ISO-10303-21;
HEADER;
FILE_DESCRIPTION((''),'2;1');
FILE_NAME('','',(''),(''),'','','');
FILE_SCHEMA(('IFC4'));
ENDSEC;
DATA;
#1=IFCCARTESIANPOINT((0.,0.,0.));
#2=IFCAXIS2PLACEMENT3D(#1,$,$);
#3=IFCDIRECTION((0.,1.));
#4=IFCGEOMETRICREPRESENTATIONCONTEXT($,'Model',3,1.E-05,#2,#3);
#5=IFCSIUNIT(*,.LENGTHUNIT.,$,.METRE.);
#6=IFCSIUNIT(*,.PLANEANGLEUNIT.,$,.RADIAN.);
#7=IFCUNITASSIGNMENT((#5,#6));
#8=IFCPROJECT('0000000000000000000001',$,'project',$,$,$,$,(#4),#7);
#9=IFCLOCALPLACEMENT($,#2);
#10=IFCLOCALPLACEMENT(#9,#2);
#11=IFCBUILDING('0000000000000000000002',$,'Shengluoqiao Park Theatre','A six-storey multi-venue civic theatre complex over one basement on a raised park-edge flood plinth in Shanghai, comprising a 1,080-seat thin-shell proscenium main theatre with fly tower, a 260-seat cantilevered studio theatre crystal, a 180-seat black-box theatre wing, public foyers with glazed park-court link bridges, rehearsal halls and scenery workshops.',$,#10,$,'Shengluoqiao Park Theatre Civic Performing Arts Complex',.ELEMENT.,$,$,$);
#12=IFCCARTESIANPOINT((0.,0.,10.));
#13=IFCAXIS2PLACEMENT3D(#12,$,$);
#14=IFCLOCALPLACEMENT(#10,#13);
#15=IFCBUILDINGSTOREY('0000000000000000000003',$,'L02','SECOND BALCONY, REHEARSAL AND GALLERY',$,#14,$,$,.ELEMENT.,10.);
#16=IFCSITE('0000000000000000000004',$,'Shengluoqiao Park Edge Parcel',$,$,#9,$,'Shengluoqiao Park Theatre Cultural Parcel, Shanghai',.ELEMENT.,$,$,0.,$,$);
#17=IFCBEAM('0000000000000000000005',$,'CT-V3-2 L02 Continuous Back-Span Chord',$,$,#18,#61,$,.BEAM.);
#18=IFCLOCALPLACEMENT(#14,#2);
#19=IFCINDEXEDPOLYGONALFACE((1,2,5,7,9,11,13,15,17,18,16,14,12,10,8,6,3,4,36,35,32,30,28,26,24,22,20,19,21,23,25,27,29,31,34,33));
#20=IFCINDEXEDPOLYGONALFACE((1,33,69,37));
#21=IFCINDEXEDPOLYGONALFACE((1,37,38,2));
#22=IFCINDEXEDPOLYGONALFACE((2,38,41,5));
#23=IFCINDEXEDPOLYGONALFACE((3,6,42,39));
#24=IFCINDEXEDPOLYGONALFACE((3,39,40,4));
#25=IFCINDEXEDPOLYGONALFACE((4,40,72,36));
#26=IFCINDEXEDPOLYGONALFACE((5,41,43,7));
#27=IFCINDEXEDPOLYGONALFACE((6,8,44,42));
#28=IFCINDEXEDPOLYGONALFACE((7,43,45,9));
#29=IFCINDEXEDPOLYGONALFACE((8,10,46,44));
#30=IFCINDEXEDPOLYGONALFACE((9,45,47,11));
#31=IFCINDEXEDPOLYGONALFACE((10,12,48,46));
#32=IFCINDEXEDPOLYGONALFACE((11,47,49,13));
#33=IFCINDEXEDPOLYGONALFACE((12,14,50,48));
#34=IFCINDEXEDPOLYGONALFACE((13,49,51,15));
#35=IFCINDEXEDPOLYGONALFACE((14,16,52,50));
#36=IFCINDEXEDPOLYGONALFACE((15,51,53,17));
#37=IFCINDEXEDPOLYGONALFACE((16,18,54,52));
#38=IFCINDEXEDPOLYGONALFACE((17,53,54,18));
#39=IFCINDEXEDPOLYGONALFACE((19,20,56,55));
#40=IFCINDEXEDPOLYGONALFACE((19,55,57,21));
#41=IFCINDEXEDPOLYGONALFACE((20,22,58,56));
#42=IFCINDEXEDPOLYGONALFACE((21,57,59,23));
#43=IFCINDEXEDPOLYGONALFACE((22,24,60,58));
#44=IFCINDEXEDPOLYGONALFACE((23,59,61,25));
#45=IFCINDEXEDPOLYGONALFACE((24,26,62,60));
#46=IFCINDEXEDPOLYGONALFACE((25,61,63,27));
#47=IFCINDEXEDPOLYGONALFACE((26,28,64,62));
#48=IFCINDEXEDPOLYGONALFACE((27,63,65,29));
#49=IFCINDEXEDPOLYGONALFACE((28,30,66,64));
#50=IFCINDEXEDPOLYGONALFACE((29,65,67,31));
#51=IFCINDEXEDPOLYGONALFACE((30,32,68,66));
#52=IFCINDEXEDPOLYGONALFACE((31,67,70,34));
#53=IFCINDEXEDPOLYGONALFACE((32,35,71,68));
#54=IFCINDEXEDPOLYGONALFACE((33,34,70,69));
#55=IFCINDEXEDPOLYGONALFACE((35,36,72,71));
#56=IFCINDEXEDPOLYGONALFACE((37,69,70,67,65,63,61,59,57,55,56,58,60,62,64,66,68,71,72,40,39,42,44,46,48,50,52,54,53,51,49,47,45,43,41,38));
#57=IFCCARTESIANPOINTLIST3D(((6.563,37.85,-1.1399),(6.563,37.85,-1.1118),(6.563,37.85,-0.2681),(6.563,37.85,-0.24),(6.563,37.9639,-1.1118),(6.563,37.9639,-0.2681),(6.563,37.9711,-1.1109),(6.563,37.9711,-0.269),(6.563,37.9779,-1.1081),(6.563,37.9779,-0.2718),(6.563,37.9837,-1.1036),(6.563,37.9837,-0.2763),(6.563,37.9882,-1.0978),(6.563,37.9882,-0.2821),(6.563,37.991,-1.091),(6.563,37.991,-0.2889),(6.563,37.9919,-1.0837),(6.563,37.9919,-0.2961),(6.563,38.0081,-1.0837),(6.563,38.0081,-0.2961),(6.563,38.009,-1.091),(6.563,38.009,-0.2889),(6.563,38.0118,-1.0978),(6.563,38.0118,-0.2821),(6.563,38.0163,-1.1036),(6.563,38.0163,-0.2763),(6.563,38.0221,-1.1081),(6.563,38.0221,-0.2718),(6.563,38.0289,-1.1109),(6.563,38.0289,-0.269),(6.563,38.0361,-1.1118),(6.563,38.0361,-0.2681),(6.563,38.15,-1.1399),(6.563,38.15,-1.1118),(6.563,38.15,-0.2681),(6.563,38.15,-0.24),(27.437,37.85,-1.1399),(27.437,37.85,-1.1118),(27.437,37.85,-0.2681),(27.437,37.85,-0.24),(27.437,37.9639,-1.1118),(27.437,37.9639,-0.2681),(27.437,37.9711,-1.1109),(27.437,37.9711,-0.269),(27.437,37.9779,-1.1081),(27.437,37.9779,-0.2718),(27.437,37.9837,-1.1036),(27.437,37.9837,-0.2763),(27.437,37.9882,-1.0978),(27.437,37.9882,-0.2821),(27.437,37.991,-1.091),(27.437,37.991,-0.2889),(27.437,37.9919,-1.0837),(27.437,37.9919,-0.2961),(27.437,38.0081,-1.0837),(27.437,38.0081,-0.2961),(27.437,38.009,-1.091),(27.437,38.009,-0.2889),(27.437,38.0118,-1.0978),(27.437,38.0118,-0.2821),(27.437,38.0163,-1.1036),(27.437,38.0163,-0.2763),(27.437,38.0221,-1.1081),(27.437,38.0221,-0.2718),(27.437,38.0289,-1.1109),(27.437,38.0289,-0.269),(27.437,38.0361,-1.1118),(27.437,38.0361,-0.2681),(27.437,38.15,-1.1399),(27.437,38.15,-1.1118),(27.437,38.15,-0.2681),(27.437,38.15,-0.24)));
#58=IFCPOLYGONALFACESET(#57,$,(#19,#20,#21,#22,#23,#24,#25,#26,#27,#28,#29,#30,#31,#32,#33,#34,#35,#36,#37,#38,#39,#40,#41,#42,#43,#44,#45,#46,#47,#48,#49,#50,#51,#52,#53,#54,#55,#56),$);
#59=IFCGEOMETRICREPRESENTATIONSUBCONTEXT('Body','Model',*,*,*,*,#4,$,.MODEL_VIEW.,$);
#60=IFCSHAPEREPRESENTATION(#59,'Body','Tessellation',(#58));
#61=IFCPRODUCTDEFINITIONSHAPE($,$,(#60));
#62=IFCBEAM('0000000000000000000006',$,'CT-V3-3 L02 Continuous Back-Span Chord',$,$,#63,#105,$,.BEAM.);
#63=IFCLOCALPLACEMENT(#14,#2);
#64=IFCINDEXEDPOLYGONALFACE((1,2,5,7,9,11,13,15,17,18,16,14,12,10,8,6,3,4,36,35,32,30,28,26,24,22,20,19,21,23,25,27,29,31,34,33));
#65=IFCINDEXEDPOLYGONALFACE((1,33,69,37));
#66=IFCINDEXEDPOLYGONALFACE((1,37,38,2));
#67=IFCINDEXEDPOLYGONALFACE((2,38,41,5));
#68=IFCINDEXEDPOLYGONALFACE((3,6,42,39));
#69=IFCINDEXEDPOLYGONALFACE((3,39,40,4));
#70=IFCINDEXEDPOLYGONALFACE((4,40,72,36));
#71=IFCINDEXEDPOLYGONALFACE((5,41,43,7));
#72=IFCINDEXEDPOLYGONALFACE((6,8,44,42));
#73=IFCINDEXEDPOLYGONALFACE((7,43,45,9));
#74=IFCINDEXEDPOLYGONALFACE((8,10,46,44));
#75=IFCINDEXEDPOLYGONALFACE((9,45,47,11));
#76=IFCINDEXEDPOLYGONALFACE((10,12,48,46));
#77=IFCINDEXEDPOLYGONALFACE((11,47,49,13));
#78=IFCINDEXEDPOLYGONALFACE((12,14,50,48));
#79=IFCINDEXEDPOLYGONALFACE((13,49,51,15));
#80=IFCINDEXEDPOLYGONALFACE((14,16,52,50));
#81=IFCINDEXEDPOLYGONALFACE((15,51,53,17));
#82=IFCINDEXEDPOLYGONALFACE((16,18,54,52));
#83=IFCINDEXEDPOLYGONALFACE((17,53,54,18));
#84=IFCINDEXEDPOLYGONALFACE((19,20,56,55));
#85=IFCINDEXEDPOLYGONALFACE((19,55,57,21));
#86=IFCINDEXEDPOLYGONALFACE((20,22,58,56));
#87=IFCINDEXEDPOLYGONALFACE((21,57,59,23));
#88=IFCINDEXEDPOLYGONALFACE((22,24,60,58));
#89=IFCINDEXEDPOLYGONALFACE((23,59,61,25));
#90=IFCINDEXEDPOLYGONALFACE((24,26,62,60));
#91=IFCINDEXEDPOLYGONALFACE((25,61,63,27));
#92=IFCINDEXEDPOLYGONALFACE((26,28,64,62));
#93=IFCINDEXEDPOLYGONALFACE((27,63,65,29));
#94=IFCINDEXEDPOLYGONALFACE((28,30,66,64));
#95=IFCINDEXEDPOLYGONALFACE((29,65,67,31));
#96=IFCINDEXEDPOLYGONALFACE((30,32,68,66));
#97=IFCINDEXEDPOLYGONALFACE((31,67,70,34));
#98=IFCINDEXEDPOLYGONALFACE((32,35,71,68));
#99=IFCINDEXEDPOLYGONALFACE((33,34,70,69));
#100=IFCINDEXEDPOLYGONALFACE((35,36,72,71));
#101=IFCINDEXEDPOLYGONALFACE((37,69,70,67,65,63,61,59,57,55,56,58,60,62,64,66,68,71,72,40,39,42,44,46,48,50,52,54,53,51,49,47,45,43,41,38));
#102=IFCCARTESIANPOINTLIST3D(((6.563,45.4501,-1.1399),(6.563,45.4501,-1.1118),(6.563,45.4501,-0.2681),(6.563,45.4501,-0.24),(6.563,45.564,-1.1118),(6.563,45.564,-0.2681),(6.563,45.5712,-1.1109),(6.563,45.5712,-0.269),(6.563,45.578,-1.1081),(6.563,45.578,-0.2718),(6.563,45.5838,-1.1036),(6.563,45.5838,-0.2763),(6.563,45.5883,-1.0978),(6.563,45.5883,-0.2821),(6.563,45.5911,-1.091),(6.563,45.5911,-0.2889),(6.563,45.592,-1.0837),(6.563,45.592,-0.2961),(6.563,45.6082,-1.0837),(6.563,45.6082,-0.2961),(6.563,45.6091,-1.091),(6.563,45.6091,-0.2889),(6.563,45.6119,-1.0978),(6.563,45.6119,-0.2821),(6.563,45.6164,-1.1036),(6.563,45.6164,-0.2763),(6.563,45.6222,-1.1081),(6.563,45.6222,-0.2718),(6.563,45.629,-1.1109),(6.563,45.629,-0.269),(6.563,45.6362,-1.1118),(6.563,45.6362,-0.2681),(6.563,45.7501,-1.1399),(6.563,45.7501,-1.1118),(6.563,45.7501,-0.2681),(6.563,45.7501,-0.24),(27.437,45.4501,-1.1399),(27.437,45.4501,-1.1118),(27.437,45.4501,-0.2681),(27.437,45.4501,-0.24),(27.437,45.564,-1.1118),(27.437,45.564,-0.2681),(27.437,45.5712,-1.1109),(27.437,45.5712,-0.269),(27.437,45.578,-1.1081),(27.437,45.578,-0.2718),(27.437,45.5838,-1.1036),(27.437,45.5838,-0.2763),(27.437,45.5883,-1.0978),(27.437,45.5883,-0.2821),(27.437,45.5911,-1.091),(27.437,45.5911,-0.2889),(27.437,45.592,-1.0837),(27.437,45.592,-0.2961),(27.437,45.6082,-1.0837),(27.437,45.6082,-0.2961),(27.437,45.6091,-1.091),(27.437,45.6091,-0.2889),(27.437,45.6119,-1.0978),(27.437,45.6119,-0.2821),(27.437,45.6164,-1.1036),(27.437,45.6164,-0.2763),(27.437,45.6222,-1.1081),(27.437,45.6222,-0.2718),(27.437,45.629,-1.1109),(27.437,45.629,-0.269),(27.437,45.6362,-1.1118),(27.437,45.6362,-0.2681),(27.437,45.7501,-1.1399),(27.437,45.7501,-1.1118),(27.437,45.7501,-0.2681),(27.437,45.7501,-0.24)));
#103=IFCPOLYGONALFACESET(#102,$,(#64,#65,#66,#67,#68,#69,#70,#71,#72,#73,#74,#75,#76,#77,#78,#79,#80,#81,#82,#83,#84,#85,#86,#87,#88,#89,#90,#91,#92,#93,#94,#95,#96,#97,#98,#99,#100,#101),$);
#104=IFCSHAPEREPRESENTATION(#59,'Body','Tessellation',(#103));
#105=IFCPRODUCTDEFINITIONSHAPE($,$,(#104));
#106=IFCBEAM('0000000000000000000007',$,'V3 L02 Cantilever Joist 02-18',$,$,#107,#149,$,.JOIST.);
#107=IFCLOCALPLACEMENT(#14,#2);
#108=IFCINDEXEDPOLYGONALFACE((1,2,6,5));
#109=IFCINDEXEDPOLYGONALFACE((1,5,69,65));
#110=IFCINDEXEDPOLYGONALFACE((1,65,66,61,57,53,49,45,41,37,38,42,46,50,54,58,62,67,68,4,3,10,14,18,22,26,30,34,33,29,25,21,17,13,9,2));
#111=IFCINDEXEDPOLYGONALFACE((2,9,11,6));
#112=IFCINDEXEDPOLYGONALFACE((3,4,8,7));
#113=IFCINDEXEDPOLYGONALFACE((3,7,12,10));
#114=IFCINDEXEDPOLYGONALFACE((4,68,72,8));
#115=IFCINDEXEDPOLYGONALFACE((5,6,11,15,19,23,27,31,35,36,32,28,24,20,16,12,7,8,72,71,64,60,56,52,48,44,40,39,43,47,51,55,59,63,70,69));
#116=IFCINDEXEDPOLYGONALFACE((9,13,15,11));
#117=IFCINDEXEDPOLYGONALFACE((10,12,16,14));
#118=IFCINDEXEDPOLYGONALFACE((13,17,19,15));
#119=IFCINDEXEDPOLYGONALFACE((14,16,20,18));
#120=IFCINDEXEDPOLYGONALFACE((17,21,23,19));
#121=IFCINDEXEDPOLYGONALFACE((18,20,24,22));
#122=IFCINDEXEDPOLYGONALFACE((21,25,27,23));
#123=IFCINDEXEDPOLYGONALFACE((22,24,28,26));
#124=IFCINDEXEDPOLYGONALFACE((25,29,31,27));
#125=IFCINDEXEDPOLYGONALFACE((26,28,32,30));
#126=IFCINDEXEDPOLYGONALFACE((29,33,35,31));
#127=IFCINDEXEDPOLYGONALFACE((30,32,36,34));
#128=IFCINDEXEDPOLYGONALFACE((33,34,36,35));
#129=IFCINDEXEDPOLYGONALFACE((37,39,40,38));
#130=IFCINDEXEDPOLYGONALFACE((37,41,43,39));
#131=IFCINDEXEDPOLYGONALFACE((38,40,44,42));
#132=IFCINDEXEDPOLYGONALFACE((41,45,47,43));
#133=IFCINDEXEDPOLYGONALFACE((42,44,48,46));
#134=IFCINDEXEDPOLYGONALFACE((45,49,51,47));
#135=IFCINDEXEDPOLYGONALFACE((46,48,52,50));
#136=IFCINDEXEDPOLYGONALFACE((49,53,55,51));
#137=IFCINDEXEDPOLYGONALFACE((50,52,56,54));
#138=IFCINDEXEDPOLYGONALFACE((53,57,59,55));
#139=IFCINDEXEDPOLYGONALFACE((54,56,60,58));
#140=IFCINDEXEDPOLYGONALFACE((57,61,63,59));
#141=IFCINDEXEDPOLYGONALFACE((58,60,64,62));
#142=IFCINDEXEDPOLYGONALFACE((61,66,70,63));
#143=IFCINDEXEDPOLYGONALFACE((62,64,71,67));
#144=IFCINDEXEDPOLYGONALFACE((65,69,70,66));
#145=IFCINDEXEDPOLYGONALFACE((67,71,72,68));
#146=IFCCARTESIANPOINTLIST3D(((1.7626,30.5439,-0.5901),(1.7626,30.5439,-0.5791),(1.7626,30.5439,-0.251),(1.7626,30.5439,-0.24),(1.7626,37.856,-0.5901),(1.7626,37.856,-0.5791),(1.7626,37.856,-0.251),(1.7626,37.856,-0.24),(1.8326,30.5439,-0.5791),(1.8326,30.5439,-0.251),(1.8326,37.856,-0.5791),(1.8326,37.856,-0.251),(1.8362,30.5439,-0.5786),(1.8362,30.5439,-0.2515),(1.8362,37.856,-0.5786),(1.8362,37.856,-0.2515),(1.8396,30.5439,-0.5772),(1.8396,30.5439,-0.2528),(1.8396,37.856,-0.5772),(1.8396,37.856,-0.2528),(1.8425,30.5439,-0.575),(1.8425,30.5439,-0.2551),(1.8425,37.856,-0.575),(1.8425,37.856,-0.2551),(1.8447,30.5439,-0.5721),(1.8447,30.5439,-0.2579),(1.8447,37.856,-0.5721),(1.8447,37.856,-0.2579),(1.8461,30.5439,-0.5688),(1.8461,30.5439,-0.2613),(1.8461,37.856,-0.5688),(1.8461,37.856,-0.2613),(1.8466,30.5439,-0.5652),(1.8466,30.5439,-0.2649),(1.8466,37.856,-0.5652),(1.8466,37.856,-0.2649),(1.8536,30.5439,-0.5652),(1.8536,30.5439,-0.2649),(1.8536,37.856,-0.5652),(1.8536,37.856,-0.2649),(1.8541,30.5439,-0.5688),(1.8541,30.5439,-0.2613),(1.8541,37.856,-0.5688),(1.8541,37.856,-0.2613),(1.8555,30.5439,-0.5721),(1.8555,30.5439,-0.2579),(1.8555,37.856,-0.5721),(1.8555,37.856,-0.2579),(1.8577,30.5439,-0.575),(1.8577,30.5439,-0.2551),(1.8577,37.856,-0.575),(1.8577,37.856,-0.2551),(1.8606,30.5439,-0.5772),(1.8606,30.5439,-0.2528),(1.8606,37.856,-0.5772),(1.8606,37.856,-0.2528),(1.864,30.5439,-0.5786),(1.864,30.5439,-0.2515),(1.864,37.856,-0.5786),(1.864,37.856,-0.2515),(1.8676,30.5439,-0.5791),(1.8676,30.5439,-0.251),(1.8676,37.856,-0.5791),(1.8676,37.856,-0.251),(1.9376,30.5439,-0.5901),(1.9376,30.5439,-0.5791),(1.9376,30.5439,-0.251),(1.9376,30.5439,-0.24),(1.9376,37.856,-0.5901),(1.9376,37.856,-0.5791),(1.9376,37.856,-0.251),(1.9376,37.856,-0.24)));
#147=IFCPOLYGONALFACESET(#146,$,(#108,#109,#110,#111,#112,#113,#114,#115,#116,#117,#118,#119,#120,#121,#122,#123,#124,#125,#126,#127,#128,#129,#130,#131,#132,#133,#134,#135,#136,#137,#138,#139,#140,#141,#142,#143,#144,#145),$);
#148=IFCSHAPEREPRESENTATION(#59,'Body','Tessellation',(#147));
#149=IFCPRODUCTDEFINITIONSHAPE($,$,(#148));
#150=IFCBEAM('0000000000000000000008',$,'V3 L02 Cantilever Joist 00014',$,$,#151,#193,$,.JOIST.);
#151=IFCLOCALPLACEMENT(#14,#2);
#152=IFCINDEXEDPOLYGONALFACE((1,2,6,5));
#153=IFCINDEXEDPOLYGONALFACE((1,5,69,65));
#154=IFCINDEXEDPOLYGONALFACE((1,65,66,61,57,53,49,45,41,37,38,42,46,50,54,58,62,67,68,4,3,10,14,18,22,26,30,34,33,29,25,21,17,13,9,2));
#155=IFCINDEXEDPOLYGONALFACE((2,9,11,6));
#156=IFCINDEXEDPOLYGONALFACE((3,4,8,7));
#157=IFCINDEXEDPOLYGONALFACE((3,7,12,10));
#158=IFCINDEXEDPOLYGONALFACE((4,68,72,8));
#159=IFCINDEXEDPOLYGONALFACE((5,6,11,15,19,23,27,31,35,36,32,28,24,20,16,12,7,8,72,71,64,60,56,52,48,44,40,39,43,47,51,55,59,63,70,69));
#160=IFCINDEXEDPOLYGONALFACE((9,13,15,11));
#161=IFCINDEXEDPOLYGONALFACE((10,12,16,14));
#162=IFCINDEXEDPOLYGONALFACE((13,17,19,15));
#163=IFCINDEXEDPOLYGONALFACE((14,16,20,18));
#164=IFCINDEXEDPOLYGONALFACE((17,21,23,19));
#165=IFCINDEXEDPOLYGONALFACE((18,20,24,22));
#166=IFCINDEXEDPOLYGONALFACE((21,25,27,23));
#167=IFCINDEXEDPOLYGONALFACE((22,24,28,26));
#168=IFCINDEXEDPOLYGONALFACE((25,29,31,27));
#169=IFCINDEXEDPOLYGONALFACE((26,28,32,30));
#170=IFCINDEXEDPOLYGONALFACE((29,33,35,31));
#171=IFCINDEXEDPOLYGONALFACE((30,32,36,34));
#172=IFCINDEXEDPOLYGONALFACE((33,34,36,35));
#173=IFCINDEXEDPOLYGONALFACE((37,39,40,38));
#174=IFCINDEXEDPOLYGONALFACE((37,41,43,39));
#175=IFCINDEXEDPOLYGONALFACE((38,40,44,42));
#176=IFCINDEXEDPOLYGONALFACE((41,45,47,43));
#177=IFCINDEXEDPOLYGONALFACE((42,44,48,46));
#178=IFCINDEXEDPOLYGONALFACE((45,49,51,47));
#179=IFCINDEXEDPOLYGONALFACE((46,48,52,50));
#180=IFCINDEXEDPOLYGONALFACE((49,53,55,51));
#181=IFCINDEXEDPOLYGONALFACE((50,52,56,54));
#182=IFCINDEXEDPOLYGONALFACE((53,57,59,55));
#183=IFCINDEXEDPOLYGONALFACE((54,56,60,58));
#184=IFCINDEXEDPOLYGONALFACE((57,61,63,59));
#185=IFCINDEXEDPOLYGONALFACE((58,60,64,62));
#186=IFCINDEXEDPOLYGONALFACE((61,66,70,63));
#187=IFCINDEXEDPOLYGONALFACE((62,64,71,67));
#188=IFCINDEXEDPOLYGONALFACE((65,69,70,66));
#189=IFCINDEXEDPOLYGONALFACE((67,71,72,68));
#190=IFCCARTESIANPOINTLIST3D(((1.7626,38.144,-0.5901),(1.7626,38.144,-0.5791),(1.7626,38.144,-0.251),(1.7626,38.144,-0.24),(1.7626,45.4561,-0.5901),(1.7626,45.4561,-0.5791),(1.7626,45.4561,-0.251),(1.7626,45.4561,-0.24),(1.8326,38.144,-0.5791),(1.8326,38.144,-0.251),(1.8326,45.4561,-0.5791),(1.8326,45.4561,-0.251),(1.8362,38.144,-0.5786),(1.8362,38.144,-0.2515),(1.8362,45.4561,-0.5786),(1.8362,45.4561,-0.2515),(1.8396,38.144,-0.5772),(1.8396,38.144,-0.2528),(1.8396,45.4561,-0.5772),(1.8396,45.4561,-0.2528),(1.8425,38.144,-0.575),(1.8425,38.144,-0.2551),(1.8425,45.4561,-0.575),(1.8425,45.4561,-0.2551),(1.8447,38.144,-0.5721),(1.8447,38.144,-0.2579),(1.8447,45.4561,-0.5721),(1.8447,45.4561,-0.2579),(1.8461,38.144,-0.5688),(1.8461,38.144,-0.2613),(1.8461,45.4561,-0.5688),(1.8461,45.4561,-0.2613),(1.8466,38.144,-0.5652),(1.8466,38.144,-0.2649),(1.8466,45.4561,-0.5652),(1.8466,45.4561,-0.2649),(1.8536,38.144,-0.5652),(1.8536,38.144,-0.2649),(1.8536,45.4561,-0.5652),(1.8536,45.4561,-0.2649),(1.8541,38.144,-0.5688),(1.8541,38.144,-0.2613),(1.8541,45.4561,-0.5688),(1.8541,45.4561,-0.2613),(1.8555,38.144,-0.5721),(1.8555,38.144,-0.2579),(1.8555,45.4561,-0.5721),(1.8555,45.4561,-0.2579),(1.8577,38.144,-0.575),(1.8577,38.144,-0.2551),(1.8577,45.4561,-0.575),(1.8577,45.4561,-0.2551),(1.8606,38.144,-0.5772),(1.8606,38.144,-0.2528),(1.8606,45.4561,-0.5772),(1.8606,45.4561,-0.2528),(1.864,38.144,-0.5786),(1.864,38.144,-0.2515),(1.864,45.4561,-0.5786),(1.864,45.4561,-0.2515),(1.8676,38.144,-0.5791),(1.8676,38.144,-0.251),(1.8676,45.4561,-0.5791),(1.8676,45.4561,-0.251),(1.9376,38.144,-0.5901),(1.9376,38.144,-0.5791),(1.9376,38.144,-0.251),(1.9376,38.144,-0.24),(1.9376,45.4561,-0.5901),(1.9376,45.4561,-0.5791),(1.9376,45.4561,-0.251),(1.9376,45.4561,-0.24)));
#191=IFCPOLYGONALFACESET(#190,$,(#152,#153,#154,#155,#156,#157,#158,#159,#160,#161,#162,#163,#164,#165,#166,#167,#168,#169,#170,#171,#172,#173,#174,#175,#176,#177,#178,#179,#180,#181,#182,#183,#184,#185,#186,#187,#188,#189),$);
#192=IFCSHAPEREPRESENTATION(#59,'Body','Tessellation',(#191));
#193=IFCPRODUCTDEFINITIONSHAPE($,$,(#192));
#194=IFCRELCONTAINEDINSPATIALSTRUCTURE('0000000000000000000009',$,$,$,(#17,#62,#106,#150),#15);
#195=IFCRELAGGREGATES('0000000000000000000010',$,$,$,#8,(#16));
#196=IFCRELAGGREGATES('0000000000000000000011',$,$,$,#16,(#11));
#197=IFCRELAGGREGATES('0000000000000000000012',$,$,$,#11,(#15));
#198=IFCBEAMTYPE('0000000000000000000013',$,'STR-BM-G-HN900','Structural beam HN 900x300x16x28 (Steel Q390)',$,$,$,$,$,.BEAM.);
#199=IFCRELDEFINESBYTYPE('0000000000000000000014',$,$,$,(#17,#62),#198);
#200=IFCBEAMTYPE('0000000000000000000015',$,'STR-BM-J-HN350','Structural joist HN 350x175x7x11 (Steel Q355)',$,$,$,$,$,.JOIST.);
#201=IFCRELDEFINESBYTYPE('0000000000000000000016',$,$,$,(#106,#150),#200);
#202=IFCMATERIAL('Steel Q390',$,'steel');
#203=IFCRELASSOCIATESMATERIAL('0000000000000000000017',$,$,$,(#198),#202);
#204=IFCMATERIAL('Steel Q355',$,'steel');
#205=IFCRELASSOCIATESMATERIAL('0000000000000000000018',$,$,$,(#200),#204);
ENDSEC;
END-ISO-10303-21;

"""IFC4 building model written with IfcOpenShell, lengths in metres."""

from ifc_helpers import new_model, si_unit, direction, frame, origin, origin_2d, place, context, subcontext, project, spatial, i_section, extrude, material, material_profile, profile_set, type_object, element, save


model = new_model("IFC4")

# Units and contexts
model_context = context("Model", 3, precision=1e-05, world=origin(), true_north=direction((0.0, 1.0)))
body_context = subcontext(model_context, "Body", "Model", "MODEL_VIEW")
ifc_project = project(units=[si_unit("LENGTHUNIT", "METRE"), si_unit("PLANEANGLEUNIT", "RADIAN")], contexts=[model_context])

# Site, building, storey
site_placement = place(None, origin())
site = spatial("IfcSite", under=ifc_project, at=site_placement, Name="Shengluoqiao Park Edge Parcel", LongName="Shengluoqiao Park Theatre Cultural Parcel, Shanghai", CompositionType="ELEMENT", RefElevation=0.0)
building_placement = place(site_placement, origin())
building = spatial("IfcBuilding", under=site, at=building_placement, Name="Shengluoqiao Park Theatre", Description="A six-storey multi-venue civic theatre complex over one basement on a raised park-edge flood plinth in Shanghai, comprising a 1,080-seat thin-shell proscenium main theatre with fly tower, a 260-seat cantilevered studio theatre crystal, a 180-seat black-box theatre wing, public foyers with glazed park-court link bridges, rehearsal halls and scenery workshops.", LongName="Shengluoqiao Park Theatre Civic Performing Arts Complex", CompositionType="ELEMENT")
storey_placement = place(building_placement, frame((0.0, 0.0, 10.0)))
storey = spatial("IfcBuildingStorey", under=building, at=storey_placement, Name="L02", Description="SECOND BALCONY, REHEARSAL AND GALLERY", CompositionType="ELEMENT", Elevation=10.0)

# Shared definitions
ifc_material_1 = material(Name="Steel Q355", Category="steel")

# Beams
ifc_material_2 = material(Name="Steel Q390", Category="steel")
ifc_material_profile_1 = material_profile(ifc_material_2, i_section(OverallWidth=0.3, OverallDepth=0.8999, WebThickness=0.0161, FlangeThickness=0.0281, FilletRadius=0.0281, at=origin_2d()), Name="HN 900x300x16x28")
ifc_profile_set_1 = profile_set([ifc_material_profile_1], Name="Steel Q390")
beam_type_1 = type_object("IfcBeamType", Name="STR-BM-G-HN900", Description="Structural beam HN 900x300x16x28 (Steel Q390)", PredefinedType="BEAM", material=ifc_profile_set_1)
for number, where, z_axis, x_axis, name in (
    (1, (6.563, 38.0, -0.6899), (1.0, 0.0, 0.0), (0.0, 1.0, 0.0), "CT-V3-2 L02 Continuous Back-Span Chord"),
    (2, (6.563, 45.6001, -0.6899), (1.0, 0.0, 0.0), (0.0, 1.0, 0.0), "CT-V3-3 L02 Continuous Back-Span Chord"),
):
    element("IfcBeam", number, at=place(storey_placement, frame(where, z_axis=z_axis, x_axis=x_axis)), inside=storey, type_object=beam_type_1, Name=name, PredefinedType="BEAM", context=body_context, shape_type="SweptSolid", body=[
        extrude(i_section(OverallWidth=0.3, OverallDepth=0.8999, WebThickness=0.0161, FlangeThickness=0.0281, FilletRadius=0.0281, at=origin_2d()), origin(), (0.0, 0.0, 1.0), 20.874),
    ])
ifc_material_profile_2 = material_profile(ifc_material_1, i_section(OverallWidth=0.175, OverallDepth=0.3501, WebThickness=0.0071, FlangeThickness=0.011, FilletRadius=0.0139, at=origin_2d()), Name="HN 350x175x7x11")
ifc_profile_set_2 = profile_set([ifc_material_profile_2], Name="Steel Q355")
beam_type_2 = type_object("IfcBeamType", Name="STR-BM-J-HN350", Description="Structural joist HN 350x175x7x11 (Steel Q355)", PredefinedType="JOIST", material=ifc_profile_set_2)
for number, where, z_axis, x_axis, name in (
    (3, (1.8501, 30.5439, -0.415), (0.0, 1.0, 0.0), (-1.0, 0.0, 0.0), "V3 L02 Cantilever Joist 02-18"),
    (4, (1.8501, 38.144, -0.415), (0.0, 1.0, 0.0), (-1.0, 0.0, 0.0), "V3 L02 Cantilever Joist 00014"),
):
    element("IfcBeam", number, at=place(storey_placement, frame(where, z_axis=z_axis, x_axis=x_axis)), inside=storey, type_object=beam_type_2, Name=name, PredefinedType="JOIST", context=body_context, shape_type="SweptSolid", body=[
        extrude(i_section(OverallWidth=0.175, OverallDepth=0.3501, WebThickness=0.0071, FlangeThickness=0.011, FilletRadius=0.0139, at=origin_2d()), origin(), (0.0, 0.0, 1.0), 7.312),
    ])

save(model, "model.ifc")
